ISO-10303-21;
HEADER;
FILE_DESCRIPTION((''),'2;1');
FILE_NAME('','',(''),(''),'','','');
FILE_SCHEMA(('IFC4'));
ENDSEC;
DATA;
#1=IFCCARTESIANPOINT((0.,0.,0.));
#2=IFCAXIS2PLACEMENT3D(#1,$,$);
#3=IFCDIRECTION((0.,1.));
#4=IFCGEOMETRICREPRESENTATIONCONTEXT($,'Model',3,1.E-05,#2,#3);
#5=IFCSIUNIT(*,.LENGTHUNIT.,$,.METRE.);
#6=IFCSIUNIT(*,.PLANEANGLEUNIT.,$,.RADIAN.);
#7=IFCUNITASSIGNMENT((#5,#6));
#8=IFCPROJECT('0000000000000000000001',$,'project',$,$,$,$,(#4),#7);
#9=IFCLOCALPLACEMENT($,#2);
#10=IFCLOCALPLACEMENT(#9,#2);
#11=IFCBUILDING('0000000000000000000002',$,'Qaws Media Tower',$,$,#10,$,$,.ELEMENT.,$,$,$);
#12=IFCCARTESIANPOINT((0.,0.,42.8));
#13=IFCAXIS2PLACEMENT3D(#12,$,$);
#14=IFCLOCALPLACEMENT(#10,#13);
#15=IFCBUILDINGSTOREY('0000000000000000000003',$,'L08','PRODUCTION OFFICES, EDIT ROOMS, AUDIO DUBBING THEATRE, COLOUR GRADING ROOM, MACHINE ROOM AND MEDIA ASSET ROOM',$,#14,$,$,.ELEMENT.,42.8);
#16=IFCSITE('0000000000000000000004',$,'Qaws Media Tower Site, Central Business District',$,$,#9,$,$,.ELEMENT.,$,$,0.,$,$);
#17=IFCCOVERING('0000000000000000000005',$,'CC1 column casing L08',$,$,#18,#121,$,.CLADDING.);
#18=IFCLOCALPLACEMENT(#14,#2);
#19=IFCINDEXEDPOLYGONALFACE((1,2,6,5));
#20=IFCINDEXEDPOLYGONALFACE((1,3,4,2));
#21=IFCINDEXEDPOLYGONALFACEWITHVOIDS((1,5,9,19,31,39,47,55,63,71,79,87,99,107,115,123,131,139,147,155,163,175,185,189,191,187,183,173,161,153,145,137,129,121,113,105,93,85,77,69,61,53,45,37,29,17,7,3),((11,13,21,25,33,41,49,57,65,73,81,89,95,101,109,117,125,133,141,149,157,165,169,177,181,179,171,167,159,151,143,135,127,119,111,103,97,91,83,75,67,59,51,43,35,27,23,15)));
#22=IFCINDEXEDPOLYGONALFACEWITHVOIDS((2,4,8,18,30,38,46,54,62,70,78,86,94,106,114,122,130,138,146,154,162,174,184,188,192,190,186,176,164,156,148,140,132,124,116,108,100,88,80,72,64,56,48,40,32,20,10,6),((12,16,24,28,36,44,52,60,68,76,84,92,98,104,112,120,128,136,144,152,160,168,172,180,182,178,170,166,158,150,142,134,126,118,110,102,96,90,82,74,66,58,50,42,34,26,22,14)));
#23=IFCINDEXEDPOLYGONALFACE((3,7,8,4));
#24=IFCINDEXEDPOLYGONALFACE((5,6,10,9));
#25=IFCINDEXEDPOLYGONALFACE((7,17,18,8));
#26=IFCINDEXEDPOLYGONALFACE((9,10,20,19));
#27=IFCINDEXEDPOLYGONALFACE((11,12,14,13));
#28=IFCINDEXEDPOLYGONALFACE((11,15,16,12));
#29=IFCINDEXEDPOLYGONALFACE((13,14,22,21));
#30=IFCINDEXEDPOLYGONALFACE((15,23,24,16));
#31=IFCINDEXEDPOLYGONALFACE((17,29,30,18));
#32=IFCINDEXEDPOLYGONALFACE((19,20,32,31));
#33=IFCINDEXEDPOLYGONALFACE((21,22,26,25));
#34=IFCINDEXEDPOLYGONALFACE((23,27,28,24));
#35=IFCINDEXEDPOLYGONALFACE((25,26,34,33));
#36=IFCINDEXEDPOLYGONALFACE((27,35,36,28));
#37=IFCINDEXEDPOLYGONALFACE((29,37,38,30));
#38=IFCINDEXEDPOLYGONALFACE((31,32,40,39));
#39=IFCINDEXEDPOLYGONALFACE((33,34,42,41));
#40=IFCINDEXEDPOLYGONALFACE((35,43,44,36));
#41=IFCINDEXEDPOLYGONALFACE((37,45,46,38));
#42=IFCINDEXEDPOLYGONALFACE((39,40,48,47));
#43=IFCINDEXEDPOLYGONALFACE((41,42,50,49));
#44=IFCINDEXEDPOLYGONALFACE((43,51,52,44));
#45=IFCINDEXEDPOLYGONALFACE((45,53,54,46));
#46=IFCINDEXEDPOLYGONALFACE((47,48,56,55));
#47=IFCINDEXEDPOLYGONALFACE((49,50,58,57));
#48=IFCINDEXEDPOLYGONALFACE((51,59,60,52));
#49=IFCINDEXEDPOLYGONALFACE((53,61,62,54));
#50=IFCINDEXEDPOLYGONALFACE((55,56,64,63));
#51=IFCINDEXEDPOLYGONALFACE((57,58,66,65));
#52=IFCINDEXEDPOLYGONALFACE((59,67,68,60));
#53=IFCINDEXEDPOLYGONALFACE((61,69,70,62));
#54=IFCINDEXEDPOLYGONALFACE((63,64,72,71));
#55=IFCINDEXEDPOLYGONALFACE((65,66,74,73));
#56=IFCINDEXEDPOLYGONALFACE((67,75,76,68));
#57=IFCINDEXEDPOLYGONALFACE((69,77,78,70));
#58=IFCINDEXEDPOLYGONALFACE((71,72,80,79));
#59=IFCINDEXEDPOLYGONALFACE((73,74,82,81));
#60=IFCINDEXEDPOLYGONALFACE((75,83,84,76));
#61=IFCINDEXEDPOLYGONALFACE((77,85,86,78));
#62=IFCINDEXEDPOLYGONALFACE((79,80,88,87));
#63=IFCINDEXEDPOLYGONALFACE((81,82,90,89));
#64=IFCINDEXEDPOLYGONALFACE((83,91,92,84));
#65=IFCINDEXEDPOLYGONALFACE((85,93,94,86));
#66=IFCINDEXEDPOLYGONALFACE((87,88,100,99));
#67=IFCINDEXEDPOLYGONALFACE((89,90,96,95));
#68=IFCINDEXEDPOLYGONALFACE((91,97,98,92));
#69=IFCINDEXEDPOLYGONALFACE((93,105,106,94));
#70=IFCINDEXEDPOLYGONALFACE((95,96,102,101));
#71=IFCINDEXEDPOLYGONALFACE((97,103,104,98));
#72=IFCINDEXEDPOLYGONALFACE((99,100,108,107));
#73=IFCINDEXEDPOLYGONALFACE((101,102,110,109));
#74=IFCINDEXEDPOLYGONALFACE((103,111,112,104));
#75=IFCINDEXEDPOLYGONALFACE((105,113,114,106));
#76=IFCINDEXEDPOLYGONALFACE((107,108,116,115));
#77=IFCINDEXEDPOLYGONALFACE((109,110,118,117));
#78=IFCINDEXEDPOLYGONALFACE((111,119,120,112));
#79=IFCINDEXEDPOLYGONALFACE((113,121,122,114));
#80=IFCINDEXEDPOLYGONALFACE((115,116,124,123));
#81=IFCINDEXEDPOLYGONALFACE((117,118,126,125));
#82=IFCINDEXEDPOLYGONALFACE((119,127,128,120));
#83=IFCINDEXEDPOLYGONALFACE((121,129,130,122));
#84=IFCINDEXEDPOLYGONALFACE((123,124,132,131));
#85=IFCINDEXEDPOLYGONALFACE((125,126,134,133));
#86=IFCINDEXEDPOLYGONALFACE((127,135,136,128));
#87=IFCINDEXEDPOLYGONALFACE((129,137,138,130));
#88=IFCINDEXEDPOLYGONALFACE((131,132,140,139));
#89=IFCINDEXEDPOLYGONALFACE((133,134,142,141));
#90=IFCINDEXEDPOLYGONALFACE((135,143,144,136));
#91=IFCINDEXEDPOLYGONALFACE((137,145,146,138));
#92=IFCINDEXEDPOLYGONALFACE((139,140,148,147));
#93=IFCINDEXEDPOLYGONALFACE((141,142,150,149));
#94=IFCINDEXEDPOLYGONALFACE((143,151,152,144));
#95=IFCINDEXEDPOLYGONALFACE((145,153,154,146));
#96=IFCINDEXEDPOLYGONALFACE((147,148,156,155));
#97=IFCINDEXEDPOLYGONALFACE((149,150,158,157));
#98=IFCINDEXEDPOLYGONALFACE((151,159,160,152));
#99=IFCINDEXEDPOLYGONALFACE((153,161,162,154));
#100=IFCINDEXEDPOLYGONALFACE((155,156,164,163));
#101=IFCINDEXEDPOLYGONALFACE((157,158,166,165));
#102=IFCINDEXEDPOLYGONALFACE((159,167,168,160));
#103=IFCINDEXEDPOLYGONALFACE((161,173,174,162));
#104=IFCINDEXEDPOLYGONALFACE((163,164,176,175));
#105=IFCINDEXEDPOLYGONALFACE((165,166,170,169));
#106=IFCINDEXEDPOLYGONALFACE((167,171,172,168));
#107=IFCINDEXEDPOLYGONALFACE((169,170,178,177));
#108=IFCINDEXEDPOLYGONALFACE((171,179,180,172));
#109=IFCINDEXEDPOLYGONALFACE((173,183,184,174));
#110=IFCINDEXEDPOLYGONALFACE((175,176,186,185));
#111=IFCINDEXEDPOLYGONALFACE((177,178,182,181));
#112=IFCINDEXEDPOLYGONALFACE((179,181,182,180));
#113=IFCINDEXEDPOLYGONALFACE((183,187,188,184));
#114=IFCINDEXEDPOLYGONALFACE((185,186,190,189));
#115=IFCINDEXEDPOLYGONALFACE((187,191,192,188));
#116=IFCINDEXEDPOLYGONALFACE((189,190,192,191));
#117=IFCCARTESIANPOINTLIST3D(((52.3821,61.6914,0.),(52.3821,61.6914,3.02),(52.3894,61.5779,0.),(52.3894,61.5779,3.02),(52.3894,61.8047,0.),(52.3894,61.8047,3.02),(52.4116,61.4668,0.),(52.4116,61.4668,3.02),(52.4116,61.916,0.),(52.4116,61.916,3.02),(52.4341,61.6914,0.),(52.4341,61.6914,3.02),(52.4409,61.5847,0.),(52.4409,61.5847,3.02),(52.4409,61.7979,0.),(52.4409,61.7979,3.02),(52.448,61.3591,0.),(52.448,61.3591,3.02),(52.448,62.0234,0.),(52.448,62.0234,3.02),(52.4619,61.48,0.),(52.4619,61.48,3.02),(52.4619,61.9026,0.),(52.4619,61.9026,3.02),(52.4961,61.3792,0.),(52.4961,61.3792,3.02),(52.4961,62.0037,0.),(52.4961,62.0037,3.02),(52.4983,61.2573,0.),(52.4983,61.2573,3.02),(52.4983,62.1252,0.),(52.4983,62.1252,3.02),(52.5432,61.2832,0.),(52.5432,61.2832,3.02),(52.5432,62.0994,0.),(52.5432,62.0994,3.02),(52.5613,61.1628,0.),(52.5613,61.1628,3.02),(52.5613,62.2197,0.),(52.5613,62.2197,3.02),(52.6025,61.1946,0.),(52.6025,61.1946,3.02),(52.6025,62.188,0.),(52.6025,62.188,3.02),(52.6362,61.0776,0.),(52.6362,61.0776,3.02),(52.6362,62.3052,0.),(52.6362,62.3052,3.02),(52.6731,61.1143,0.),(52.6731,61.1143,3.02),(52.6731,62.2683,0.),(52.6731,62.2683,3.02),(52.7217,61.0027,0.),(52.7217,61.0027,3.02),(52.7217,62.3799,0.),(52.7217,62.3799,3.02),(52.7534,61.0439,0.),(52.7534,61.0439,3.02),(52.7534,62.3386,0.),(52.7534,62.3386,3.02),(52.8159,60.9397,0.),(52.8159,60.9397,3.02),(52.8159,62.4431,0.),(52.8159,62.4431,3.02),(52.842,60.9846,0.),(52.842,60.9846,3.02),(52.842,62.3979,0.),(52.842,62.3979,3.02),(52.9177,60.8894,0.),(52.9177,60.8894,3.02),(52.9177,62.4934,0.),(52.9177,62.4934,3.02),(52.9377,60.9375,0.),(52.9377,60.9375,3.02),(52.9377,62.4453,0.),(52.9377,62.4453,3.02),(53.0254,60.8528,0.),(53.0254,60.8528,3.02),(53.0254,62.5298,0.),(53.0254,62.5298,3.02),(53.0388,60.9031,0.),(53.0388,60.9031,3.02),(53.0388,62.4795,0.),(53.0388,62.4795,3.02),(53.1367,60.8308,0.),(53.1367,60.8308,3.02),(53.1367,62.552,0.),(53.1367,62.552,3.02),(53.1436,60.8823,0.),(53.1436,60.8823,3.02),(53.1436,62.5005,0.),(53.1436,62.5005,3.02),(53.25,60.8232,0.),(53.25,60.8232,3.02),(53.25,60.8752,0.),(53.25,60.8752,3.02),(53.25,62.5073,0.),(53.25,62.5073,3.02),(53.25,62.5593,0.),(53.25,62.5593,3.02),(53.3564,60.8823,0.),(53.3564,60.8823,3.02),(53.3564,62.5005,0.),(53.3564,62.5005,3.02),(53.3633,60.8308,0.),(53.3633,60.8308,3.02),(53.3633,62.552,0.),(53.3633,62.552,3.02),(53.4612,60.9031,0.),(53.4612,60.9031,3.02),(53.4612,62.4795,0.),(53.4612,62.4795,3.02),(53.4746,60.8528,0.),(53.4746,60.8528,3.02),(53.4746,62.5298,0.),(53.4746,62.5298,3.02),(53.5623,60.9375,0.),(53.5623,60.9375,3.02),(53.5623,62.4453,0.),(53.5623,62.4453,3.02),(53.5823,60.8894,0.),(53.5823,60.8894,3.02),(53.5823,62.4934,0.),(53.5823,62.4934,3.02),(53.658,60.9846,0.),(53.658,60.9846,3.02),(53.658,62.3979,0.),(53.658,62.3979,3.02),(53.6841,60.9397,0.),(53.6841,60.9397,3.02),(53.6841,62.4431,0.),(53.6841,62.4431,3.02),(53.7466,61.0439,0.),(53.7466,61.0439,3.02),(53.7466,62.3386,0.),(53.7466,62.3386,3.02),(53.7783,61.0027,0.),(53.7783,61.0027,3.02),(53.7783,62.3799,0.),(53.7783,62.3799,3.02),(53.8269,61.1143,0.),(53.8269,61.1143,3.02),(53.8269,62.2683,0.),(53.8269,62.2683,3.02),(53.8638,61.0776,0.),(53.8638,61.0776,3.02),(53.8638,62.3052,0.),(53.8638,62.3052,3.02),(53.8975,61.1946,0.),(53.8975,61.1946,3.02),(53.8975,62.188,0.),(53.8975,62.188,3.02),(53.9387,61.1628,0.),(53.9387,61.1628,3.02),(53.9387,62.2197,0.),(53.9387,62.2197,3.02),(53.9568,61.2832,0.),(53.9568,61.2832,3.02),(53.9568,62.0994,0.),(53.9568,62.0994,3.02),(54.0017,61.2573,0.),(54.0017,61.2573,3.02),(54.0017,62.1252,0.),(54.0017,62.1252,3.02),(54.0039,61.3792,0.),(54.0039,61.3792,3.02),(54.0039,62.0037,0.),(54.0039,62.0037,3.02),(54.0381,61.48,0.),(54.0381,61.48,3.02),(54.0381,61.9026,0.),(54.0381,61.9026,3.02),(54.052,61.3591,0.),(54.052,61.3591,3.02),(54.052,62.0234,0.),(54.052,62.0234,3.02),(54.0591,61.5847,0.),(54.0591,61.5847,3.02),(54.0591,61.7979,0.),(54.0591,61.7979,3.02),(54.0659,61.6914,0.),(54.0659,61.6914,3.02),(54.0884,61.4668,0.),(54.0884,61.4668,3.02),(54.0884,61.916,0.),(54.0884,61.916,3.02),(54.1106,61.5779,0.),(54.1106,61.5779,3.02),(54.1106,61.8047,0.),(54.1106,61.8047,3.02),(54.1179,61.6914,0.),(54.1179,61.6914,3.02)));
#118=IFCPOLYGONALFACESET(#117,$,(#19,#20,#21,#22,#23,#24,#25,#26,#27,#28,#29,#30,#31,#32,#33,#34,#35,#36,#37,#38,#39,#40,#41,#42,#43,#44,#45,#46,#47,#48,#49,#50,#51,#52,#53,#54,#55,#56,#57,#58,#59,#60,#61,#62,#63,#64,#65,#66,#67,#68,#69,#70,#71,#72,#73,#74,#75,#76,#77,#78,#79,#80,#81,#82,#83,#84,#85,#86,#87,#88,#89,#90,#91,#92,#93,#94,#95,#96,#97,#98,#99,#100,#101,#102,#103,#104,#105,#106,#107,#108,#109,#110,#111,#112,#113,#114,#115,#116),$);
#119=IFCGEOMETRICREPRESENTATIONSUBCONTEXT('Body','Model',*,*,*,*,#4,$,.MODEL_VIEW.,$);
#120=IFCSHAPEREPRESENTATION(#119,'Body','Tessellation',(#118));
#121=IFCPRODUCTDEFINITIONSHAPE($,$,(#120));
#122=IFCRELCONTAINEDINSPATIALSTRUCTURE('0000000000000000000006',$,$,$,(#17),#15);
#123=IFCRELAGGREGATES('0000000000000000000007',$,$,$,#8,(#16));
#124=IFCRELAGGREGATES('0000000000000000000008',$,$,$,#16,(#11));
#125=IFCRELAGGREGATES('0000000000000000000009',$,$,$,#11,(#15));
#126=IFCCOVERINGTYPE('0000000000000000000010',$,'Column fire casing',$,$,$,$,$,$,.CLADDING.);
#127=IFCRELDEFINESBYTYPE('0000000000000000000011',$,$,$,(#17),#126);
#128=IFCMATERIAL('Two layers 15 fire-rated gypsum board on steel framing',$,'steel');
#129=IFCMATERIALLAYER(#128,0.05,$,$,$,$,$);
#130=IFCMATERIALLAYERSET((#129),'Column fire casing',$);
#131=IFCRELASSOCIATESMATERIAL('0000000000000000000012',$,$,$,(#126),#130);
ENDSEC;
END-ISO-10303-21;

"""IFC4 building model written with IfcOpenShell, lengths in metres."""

from ifc_helpers import new_model, si_unit, direction, frame, origin, place, context, subcontext, project, spatial, polyline, outline, extrude, material, layer, layer_set, type_object, element, save


model = new_model("IFC4")

# Units and contexts
model_context = context("Model", 3, precision=1e-05, world=origin(), true_north=direction((0.0, 1.0)))
body_context = subcontext(model_context, "Body", "Model", "MODEL_VIEW")
ifc_project = project(units=[si_unit("LENGTHUNIT", "METRE"), si_unit("PLANEANGLEUNIT", "RADIAN")], contexts=[model_context])

# Site, building, storey
site_placement = place(None, origin())
site = spatial("IfcSite", under=ifc_project, at=site_placement, Name="Qaws Media Tower Site, Central Business District", CompositionType="ELEMENT", RefElevation=0.0)
building_placement = place(site_placement, origin())
building = spatial("IfcBuilding", under=site, at=building_placement, Name="Qaws Media Tower", CompositionType="ELEMENT")
storey_placement = place(building_placement, frame((0.0, 0.0, 42.8)))
storey = spatial("IfcBuildingStorey", under=building, at=storey_placement, Name="L08", Description="PRODUCTION OFFICES, EDIT ROOMS, AUDIO DUBBING THEATRE, COLOUR GRADING ROOM, MACHINE ROOM AND MEDIA ASSET ROOM", CompositionType="ELEMENT", Elevation=42.8)

# Covering
ifc_material_1 = material(Name="Two layers 15 fire-rated gypsum board on steel framing", Category="steel")
ifc_layer_1 = layer(ifc_material_1, 0.05)
ifc_layer_set_1 = layer_set([ifc_layer_1], Name="Column fire casing")
covering_type = type_object("IfcCoveringType", Name="Column fire casing", PredefinedType="CLADDING", material=ifc_layer_set_1)
covering_1_placement = place(storey_placement, origin())
element("IfcCovering", 1, at=covering_1_placement, inside=storey, type_object=covering_type, Name="CC1 column casing L08", PredefinedType="CLADDING", context=body_context, shape_type="SweptSolid", body=[
    extrude(outline(polyline([(54.1179, 61.6914), (54.1106, 61.5779), (54.0884, 61.4668), (54.052, 61.3591), (54.0017, 61.2573), (53.9387, 61.1628), (53.8638, 61.0776), (53.7783, 61.0027), (53.6841, 60.9397), (53.5823, 60.8894), (53.4746, 60.8528), (53.3633, 60.8308), (53.25, 60.8232), (53.1367, 60.8308), (53.0254, 60.8528), (52.9177, 60.8894), (52.8159, 60.9397), (52.7217, 61.0027), (52.6362, 61.0776), (52.5613, 61.1628), (52.4983, 61.2573), (52.448, 61.3591), (52.4116, 61.4668), (52.3894, 61.5779), (52.3821, 61.6914), (52.3894, 61.8047), (52.4116, 61.916), (52.448, 62.0234), (52.4983, 62.1252), (52.5613, 62.2197), (52.6362, 62.3052), (52.7217, 62.3799), (52.8159, 62.4431), (52.9177, 62.4934), (53.0254, 62.5298), (53.1367, 62.552), (53.25, 62.5593), (53.3633, 62.552), (53.4746, 62.5298), (53.5823, 62.4934), (53.6841, 62.4431), (53.7783, 62.3799), (53.8638, 62.3052), (53.9387, 62.2197), (54.0017, 62.1252), (54.052, 62.0234), (54.0884, 61.916), (54.1106, 61.8047), (54.1179, 61.6914)]), holes=[polyline([(54.0659, 61.6914), (54.0591, 61.5847), (54.0381, 61.48), (54.0039, 61.3792), (53.9568, 61.2832), (53.8975, 61.1946), (53.8269, 61.1143), (53.7466, 61.0439), (53.658, 60.9846), (53.5623, 60.9375), (53.4612, 60.9031), (53.3564, 60.8823), (53.25, 60.8752), (53.1436, 60.8823), (53.0388, 60.9031), (52.9377, 60.9375), (52.842, 60.9846), (52.7534, 61.0439), (52.6731, 61.1143), (52.6025, 61.1946), (52.5432, 61.2832), (52.4961, 61.3792), (52.4619, 61.48), (52.4409, 61.5847), (52.4341, 61.6914), (52.4409, 61.7979), (52.4619, 61.9026), (52.4961, 62.0037), (52.5432, 62.0994), (52.6025, 62.188), (52.6731, 62.2683), (52.7534, 62.3386), (52.842, 62.3979), (52.9377, 62.4453), (53.0388, 62.4795), (53.1436, 62.5005), (53.25, 62.5073), (53.3564, 62.5005), (53.4612, 62.4795), (53.5623, 62.4453), (53.658, 62.3979), (53.7466, 62.3386), (53.8269, 62.2683), (53.8975, 62.188), (53.9568, 62.0994), (54.0039, 62.0037), (54.0381, 61.9026), (54.0591, 61.7979), (54.0659, 61.6914)])]), origin(), (0.0, 0.0, 1.0), 3.02),
])

save(model, "model.ifc")
